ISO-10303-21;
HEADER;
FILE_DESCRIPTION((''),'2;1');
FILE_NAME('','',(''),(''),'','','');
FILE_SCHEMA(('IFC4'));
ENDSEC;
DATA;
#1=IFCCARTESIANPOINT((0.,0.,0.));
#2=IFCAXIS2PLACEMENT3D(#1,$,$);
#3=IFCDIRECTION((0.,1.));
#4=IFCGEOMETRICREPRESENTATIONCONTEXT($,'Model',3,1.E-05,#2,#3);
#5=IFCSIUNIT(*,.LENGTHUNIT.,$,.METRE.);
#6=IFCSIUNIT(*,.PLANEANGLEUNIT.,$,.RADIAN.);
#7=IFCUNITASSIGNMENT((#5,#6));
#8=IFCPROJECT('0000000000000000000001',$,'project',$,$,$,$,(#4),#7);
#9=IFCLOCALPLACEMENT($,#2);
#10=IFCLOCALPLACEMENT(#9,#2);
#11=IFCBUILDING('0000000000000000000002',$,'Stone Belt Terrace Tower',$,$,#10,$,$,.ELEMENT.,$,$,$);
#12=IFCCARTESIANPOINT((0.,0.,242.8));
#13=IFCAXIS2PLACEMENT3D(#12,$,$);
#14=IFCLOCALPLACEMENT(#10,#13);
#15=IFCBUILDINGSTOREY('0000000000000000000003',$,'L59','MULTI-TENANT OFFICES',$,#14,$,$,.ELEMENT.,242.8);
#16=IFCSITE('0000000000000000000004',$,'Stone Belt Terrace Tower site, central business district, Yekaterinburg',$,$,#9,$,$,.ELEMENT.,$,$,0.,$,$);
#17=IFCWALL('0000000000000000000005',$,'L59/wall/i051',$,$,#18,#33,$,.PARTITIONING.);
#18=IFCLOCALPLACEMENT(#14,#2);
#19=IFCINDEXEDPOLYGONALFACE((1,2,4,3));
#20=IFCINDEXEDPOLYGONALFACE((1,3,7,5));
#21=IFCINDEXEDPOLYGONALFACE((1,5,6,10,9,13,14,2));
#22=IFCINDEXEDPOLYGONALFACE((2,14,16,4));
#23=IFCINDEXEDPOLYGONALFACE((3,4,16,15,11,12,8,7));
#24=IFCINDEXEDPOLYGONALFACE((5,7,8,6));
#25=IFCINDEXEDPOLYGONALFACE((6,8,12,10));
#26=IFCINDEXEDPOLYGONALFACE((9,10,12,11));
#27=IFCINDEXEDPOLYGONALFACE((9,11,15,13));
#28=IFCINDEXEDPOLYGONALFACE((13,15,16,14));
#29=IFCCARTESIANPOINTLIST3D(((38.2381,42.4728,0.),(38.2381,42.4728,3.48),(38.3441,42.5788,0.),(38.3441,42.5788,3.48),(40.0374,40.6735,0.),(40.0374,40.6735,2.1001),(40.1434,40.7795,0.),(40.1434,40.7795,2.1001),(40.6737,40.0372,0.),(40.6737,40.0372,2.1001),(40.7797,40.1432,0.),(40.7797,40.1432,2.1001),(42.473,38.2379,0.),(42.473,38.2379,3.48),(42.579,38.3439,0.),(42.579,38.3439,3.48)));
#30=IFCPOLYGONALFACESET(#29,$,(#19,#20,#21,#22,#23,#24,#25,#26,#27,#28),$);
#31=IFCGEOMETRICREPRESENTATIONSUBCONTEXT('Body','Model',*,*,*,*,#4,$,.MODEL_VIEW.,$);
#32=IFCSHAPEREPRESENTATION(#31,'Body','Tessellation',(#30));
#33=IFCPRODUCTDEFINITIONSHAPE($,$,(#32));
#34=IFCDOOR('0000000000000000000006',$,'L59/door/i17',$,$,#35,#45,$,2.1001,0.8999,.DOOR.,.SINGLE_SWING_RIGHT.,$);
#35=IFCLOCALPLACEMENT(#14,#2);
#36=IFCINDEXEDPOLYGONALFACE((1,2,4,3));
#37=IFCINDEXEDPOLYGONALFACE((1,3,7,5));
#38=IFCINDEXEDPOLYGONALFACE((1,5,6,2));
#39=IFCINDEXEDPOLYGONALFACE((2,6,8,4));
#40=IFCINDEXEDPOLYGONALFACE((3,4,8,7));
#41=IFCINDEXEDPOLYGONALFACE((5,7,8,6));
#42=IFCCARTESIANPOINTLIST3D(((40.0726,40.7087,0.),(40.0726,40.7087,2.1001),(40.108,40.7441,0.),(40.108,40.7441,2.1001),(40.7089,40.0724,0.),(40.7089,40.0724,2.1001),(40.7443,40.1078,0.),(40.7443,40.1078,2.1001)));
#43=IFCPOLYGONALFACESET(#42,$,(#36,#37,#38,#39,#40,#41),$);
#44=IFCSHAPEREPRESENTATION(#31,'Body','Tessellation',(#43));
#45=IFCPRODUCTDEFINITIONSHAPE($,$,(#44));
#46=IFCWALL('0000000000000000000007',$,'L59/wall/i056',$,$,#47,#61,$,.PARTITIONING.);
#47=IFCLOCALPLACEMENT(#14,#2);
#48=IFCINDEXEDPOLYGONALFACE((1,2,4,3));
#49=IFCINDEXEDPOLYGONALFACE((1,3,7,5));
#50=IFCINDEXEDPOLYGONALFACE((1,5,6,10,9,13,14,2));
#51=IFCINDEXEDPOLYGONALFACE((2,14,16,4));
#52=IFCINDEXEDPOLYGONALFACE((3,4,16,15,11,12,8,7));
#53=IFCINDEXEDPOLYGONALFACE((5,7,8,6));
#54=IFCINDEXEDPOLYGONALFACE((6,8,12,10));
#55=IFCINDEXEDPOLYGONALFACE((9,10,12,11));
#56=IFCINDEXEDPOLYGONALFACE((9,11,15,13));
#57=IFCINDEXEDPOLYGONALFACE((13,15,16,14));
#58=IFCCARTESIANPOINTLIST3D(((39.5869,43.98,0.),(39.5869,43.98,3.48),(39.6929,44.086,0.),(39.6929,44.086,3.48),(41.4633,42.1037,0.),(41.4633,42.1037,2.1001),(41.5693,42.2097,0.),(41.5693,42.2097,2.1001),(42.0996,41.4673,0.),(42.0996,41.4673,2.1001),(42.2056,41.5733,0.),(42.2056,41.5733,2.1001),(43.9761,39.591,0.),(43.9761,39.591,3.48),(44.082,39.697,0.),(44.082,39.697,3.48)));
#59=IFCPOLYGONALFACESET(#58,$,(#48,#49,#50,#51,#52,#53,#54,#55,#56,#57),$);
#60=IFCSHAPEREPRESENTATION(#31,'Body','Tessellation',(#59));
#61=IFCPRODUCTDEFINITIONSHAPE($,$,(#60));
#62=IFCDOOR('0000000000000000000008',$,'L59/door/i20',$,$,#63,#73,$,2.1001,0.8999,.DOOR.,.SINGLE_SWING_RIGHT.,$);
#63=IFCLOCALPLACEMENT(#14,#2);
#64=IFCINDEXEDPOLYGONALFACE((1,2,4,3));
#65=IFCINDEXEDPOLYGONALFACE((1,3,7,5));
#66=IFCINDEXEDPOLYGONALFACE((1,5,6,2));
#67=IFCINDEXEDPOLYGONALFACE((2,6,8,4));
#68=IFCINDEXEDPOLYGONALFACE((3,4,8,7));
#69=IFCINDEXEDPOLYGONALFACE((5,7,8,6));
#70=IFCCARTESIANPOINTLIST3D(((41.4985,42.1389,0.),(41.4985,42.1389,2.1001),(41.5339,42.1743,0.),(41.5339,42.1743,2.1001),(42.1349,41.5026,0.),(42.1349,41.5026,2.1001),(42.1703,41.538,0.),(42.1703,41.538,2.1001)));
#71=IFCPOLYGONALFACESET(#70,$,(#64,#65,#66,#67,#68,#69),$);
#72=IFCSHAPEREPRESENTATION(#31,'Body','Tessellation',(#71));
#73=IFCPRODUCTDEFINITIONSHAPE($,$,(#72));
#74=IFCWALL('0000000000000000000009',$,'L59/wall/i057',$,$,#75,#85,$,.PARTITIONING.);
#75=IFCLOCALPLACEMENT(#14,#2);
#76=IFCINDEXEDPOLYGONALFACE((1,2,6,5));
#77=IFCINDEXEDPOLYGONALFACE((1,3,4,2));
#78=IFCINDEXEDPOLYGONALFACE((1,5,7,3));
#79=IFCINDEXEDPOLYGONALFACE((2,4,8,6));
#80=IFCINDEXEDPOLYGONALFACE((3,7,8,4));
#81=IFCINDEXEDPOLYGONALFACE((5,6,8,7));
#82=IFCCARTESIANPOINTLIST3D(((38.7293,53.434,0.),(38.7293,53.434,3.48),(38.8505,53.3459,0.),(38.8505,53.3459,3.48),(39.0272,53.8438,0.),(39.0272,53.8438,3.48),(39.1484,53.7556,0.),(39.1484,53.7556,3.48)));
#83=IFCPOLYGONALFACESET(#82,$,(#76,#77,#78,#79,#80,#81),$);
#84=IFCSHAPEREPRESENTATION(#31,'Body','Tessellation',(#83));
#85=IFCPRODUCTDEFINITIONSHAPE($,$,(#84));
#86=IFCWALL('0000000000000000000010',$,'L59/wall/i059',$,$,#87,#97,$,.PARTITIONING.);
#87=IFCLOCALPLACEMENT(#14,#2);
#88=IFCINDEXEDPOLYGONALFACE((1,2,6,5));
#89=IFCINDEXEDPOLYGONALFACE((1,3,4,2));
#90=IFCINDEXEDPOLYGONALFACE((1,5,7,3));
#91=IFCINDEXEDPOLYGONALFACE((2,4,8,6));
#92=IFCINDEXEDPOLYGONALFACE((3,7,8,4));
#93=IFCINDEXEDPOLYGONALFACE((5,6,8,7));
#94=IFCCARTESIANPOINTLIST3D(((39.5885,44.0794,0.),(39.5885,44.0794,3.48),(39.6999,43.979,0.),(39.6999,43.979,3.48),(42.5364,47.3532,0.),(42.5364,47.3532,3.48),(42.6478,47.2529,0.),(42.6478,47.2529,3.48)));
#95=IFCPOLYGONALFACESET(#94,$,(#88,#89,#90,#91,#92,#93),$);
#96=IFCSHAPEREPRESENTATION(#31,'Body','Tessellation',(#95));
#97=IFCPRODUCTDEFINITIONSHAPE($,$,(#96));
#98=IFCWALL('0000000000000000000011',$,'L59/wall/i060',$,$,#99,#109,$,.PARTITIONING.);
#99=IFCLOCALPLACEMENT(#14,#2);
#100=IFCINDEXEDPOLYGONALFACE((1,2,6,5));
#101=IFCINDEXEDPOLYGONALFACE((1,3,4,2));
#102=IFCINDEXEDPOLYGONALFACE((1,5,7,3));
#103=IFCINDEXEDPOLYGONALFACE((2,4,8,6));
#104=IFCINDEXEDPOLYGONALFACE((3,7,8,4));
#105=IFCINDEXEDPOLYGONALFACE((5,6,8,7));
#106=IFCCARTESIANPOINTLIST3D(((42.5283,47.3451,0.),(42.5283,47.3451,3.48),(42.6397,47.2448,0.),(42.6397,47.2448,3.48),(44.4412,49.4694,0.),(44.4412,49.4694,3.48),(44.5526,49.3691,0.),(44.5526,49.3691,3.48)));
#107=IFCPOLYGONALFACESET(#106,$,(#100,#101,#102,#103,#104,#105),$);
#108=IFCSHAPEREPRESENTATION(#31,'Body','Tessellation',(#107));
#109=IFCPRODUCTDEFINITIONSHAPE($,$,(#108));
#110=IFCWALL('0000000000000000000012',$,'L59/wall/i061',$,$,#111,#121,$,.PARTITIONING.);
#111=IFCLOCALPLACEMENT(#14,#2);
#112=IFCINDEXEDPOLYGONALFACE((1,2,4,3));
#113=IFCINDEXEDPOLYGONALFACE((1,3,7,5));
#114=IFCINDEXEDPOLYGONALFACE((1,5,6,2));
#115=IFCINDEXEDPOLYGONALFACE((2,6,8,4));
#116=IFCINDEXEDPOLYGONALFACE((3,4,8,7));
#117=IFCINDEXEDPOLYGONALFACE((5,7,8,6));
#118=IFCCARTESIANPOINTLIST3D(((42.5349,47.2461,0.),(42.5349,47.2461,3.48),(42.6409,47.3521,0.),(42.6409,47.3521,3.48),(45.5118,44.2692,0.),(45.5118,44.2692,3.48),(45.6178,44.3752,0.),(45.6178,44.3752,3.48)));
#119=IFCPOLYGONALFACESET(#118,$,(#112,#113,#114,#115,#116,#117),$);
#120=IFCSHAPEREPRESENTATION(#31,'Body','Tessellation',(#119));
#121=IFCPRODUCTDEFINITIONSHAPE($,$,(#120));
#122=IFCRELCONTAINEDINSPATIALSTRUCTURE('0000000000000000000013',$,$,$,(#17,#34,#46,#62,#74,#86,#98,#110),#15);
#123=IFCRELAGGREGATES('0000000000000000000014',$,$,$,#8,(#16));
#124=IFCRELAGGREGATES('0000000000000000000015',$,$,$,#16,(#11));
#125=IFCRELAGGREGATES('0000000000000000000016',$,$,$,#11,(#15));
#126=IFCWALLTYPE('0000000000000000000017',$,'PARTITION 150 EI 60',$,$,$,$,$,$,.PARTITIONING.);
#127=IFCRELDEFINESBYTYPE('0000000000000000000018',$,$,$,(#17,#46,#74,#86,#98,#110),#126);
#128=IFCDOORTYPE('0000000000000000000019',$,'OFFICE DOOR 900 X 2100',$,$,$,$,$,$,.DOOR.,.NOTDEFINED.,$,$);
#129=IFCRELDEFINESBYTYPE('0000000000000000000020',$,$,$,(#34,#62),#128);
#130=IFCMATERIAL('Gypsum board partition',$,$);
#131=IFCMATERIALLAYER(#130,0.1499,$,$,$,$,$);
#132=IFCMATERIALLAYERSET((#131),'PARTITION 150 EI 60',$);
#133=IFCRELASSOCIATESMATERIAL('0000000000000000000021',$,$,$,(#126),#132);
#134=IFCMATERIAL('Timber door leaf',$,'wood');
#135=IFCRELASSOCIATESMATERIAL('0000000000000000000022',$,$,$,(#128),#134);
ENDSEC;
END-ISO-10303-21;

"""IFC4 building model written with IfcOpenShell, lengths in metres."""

from ifc_helpers import new_model, si_unit, direction, frame, frame_2d, origin, place, context, subcontext, project, spatial, rectangle, extrude, material, layer, layer_set, type_object, element, fill, save


model = new_model("IFC4")

# Units and contexts
model_context = context("Model", 3, precision=1e-05, world=origin(), true_north=direction((0.0, 1.0)))
body_context = subcontext(model_context, "Body", "Model", "MODEL_VIEW")
ifc_project = project(units=[si_unit("LENGTHUNIT", "METRE"), si_unit("PLANEANGLEUNIT", "RADIAN")], contexts=[model_context])

# Site, building, storey
site_placement = place(None, origin())
site = spatial("IfcSite", under=ifc_project, at=site_placement, Name="Stone Belt Terrace Tower site, central business district, Yekaterinburg", CompositionType="ELEMENT", RefElevation=0.0)
building_placement = place(site_placement, origin())
building = spatial("IfcBuilding", under=site, at=building_placement, Name="Stone Belt Terrace Tower", CompositionType="ELEMENT")
storey_placement = place(building_placement, frame((0.0, 0.0, 242.8)))
storey = spatial("IfcBuildingStorey", under=building, at=storey_placement, Name="L59", Description="MULTI-TENANT OFFICES", CompositionType="ELEMENT", Elevation=242.8)

# Walls, openings, doors
ifc_material_1 = material(Name="Gypsum board partition")
ifc_layer_1 = layer(ifc_material_1, 0.1499)
ifc_layer_set_1 = layer_set([ifc_layer_1], Name="PARTITION 150 EI 60")
wall_type = type_object("IfcWallType", Name="PARTITION 150 EI 60", PredefinedType="PARTITIONING", material=ifc_layer_set_1)
wall_1_placement = place(storey_placement, frame((38.291, 42.5259, 0.0), z_axis=(0.0, 0.0, 1.0), x_axis=(0.707107, -0.707107, 0.0)))
wall_1 = element("IfcWall", 1, at=wall_1_placement, inside=storey, type_object=wall_type, Name="L59/wall/i051", PredefinedType="PARTITIONING", context=body_context, shape_type="SweptSolid", body=[
    extrude(rectangle(XDim=5.989, YDim=0.1499, at=frame_2d((2.9946, 0.0))), origin(), (0.0, 0.0, 1.0), 3.48),
])
opening_1_placement = place(wall_1_placement, frame((2.5447, 0.0, 0.0)))
opening_1 = element("IfcOpeningElement", 2, at=opening_1_placement, cuts=wall_1, PredefinedType="OPENING", context=body_context, shape_type="SweptSolid", body=[
    extrude(rectangle(XDim=0.8999, YDim=2.1001, at=frame_2d((0.45, 1.05))), frame((0.0, 0.085, 0.0), z_axis=(0.0, -1.0, 0.0), x_axis=(1.0, 0.0, 0.0)), (0.0, 0.0, 1.0), 0.1699),
])
ifc_material_2 = material(Name="Timber door leaf", Category="wood")
door_type = type_object("IfcDoorType", Name="OFFICE DOOR 900 X 2100", OperationType="NOTDEFINED", PredefinedType="DOOR", material=ifc_material_2)
door_1_placement = place(opening_1_placement, origin())
door_1 = element("IfcDoor", 3, at=door_1_placement, inside=storey, type_object=door_type, Name="L59/door/i17", OperationType="SINGLE_SWING_RIGHT", OverallHeight=2.1001, OverallWidth=0.8999, PredefinedType="DOOR", context=body_context, shape_type="SweptSolid", body=[
    extrude(rectangle(XDim=0.8999, YDim=2.1001, at=frame_2d((0.45, 1.05))), frame((0.0, 0.0249, 0.0), z_axis=(0.0, -1.0, 0.0), x_axis=(1.0, 0.0, 0.0)), (0.0, 0.0, 1.0), 0.05),
])
fill(opening_1, door_1)
wall_2_placement = place(storey_placement, frame((39.6399, 44.033, 0.0), z_axis=(0.0, 0.0, 1.0), x_axis=(0.707126, -0.707087, 0.0)))
wall_2 = element("IfcWall", 4, at=wall_2_placement, inside=storey, type_object=wall_type, Name="L59/wall/i056", PredefinedType="PARTITIONING", context=body_context, shape_type="SweptSolid", body=[
    extrude(rectangle(XDim=6.207, YDim=0.1499, at=frame_2d((3.1035, 0.0))), origin(), (0.0, 0.0, 1.0), 3.48),
])
opening_2_placement = place(wall_2_placement, frame((2.6536, 0.0, 0.0)))
opening_2 = element("IfcOpeningElement", 5, at=opening_2_placement, cuts=wall_2, PredefinedType="OPENING", context=body_context, shape_type="SweptSolid", body=[
    extrude(rectangle(XDim=0.8999, YDim=2.1001, at=frame_2d((0.45, 1.05))), frame((0.0, 0.085, 0.0), z_axis=(0.0, -1.0, 0.0), x_axis=(1.0, 0.0, 0.0)), (0.0, 0.0, 1.0), 0.1699),
])
door_2_placement = place(opening_2_placement, origin())
door_2 = element("IfcDoor", 6, at=door_2_placement, inside=storey, type_object=door_type, Name="L59/door/i20", OperationType="SINGLE_SWING_RIGHT", OverallHeight=2.1001, OverallWidth=0.8999, PredefinedType="DOOR", context=body_context, shape_type="SweptSolid", body=[
    extrude(rectangle(XDim=0.8999, YDim=2.1001, at=frame_2d((0.45, 1.05))), frame((0.0, 0.0249, 0.0), z_axis=(0.0, -1.0, 0.0), x_axis=(1.0, 0.0, 0.0)), (0.0, 0.0, 1.0), 0.05),
])
fill(opening_2, door_2)

# Walls
wall_3_placement = place(storey_placement, frame((39.0879, 53.7998, 0.0), z_axis=(0.0, 0.0, 1.0), x_axis=(-0.588057, -0.808819, 0.0)))
element("IfcWall", 7, at=wall_3_placement, inside=storey, type_object=wall_type, Name="L59/wall/i057", PredefinedType="PARTITIONING", context=body_context, shape_type="SweptSolid", body=[
    extrude(rectangle(XDim=0.5066, YDim=0.1499, at=frame_2d((0.2534, 0.0))), origin(), (0.0, 0.0, 1.0), 3.48),
])
wall_4_placement = place(storey_placement, frame((42.592, 47.303, 0.0), z_axis=(0.0, 0.0, 1.0), x_axis=(-0.669148, -0.743129, 0.0)))
element("IfcWall", 8, at=wall_4_placement, inside=storey, type_object=wall_type, Name="L59/wall/i059", PredefinedType="PARTITIONING", context=body_context, shape_type="SweptSolid", body=[
    extrude(rectangle(XDim=4.4055, YDim=0.1499, at=frame_2d((2.2026, 0.0))), origin(), (0.0, 0.0, 1.0), 3.48),
])
wall_5_placement = place(storey_placement, frame((44.4968, 49.4192, 0.0), z_axis=(0.0, 0.0, 1.0), x_axis=(-0.669158, -0.74312, 0.0)))
element("IfcWall", 9, at=wall_5_placement, inside=storey, type_object=wall_type, Name="L59/wall/i060", PredefinedType="PARTITIONING", context=body_context, shape_type="SweptSolid", body=[
    extrude(rectangle(XDim=2.8586, YDim=0.1499, at=frame_2d((1.4292, 0.0))), origin(), (0.0, 0.0, 1.0), 3.48),
])
wall_6_placement = place(storey_placement, frame((42.5879, 47.2991, 0.0), z_axis=(0.0, 0.0, 1.0), x_axis=(0.707107, -0.707107, 0.0)))
element("IfcWall", 10, at=wall_6_placement, inside=storey, type_object=wall_type, Name="L59/wall/i061", PredefinedType="PARTITIONING", context=body_context, shape_type="SweptSolid", body=[
    extrude(rectangle(XDim=4.21, YDim=0.1499, at=frame_2d((2.105, 0.0))), origin(), (0.0, 0.0, 1.0), 3.48),
])

save(model, "model.ifc")
